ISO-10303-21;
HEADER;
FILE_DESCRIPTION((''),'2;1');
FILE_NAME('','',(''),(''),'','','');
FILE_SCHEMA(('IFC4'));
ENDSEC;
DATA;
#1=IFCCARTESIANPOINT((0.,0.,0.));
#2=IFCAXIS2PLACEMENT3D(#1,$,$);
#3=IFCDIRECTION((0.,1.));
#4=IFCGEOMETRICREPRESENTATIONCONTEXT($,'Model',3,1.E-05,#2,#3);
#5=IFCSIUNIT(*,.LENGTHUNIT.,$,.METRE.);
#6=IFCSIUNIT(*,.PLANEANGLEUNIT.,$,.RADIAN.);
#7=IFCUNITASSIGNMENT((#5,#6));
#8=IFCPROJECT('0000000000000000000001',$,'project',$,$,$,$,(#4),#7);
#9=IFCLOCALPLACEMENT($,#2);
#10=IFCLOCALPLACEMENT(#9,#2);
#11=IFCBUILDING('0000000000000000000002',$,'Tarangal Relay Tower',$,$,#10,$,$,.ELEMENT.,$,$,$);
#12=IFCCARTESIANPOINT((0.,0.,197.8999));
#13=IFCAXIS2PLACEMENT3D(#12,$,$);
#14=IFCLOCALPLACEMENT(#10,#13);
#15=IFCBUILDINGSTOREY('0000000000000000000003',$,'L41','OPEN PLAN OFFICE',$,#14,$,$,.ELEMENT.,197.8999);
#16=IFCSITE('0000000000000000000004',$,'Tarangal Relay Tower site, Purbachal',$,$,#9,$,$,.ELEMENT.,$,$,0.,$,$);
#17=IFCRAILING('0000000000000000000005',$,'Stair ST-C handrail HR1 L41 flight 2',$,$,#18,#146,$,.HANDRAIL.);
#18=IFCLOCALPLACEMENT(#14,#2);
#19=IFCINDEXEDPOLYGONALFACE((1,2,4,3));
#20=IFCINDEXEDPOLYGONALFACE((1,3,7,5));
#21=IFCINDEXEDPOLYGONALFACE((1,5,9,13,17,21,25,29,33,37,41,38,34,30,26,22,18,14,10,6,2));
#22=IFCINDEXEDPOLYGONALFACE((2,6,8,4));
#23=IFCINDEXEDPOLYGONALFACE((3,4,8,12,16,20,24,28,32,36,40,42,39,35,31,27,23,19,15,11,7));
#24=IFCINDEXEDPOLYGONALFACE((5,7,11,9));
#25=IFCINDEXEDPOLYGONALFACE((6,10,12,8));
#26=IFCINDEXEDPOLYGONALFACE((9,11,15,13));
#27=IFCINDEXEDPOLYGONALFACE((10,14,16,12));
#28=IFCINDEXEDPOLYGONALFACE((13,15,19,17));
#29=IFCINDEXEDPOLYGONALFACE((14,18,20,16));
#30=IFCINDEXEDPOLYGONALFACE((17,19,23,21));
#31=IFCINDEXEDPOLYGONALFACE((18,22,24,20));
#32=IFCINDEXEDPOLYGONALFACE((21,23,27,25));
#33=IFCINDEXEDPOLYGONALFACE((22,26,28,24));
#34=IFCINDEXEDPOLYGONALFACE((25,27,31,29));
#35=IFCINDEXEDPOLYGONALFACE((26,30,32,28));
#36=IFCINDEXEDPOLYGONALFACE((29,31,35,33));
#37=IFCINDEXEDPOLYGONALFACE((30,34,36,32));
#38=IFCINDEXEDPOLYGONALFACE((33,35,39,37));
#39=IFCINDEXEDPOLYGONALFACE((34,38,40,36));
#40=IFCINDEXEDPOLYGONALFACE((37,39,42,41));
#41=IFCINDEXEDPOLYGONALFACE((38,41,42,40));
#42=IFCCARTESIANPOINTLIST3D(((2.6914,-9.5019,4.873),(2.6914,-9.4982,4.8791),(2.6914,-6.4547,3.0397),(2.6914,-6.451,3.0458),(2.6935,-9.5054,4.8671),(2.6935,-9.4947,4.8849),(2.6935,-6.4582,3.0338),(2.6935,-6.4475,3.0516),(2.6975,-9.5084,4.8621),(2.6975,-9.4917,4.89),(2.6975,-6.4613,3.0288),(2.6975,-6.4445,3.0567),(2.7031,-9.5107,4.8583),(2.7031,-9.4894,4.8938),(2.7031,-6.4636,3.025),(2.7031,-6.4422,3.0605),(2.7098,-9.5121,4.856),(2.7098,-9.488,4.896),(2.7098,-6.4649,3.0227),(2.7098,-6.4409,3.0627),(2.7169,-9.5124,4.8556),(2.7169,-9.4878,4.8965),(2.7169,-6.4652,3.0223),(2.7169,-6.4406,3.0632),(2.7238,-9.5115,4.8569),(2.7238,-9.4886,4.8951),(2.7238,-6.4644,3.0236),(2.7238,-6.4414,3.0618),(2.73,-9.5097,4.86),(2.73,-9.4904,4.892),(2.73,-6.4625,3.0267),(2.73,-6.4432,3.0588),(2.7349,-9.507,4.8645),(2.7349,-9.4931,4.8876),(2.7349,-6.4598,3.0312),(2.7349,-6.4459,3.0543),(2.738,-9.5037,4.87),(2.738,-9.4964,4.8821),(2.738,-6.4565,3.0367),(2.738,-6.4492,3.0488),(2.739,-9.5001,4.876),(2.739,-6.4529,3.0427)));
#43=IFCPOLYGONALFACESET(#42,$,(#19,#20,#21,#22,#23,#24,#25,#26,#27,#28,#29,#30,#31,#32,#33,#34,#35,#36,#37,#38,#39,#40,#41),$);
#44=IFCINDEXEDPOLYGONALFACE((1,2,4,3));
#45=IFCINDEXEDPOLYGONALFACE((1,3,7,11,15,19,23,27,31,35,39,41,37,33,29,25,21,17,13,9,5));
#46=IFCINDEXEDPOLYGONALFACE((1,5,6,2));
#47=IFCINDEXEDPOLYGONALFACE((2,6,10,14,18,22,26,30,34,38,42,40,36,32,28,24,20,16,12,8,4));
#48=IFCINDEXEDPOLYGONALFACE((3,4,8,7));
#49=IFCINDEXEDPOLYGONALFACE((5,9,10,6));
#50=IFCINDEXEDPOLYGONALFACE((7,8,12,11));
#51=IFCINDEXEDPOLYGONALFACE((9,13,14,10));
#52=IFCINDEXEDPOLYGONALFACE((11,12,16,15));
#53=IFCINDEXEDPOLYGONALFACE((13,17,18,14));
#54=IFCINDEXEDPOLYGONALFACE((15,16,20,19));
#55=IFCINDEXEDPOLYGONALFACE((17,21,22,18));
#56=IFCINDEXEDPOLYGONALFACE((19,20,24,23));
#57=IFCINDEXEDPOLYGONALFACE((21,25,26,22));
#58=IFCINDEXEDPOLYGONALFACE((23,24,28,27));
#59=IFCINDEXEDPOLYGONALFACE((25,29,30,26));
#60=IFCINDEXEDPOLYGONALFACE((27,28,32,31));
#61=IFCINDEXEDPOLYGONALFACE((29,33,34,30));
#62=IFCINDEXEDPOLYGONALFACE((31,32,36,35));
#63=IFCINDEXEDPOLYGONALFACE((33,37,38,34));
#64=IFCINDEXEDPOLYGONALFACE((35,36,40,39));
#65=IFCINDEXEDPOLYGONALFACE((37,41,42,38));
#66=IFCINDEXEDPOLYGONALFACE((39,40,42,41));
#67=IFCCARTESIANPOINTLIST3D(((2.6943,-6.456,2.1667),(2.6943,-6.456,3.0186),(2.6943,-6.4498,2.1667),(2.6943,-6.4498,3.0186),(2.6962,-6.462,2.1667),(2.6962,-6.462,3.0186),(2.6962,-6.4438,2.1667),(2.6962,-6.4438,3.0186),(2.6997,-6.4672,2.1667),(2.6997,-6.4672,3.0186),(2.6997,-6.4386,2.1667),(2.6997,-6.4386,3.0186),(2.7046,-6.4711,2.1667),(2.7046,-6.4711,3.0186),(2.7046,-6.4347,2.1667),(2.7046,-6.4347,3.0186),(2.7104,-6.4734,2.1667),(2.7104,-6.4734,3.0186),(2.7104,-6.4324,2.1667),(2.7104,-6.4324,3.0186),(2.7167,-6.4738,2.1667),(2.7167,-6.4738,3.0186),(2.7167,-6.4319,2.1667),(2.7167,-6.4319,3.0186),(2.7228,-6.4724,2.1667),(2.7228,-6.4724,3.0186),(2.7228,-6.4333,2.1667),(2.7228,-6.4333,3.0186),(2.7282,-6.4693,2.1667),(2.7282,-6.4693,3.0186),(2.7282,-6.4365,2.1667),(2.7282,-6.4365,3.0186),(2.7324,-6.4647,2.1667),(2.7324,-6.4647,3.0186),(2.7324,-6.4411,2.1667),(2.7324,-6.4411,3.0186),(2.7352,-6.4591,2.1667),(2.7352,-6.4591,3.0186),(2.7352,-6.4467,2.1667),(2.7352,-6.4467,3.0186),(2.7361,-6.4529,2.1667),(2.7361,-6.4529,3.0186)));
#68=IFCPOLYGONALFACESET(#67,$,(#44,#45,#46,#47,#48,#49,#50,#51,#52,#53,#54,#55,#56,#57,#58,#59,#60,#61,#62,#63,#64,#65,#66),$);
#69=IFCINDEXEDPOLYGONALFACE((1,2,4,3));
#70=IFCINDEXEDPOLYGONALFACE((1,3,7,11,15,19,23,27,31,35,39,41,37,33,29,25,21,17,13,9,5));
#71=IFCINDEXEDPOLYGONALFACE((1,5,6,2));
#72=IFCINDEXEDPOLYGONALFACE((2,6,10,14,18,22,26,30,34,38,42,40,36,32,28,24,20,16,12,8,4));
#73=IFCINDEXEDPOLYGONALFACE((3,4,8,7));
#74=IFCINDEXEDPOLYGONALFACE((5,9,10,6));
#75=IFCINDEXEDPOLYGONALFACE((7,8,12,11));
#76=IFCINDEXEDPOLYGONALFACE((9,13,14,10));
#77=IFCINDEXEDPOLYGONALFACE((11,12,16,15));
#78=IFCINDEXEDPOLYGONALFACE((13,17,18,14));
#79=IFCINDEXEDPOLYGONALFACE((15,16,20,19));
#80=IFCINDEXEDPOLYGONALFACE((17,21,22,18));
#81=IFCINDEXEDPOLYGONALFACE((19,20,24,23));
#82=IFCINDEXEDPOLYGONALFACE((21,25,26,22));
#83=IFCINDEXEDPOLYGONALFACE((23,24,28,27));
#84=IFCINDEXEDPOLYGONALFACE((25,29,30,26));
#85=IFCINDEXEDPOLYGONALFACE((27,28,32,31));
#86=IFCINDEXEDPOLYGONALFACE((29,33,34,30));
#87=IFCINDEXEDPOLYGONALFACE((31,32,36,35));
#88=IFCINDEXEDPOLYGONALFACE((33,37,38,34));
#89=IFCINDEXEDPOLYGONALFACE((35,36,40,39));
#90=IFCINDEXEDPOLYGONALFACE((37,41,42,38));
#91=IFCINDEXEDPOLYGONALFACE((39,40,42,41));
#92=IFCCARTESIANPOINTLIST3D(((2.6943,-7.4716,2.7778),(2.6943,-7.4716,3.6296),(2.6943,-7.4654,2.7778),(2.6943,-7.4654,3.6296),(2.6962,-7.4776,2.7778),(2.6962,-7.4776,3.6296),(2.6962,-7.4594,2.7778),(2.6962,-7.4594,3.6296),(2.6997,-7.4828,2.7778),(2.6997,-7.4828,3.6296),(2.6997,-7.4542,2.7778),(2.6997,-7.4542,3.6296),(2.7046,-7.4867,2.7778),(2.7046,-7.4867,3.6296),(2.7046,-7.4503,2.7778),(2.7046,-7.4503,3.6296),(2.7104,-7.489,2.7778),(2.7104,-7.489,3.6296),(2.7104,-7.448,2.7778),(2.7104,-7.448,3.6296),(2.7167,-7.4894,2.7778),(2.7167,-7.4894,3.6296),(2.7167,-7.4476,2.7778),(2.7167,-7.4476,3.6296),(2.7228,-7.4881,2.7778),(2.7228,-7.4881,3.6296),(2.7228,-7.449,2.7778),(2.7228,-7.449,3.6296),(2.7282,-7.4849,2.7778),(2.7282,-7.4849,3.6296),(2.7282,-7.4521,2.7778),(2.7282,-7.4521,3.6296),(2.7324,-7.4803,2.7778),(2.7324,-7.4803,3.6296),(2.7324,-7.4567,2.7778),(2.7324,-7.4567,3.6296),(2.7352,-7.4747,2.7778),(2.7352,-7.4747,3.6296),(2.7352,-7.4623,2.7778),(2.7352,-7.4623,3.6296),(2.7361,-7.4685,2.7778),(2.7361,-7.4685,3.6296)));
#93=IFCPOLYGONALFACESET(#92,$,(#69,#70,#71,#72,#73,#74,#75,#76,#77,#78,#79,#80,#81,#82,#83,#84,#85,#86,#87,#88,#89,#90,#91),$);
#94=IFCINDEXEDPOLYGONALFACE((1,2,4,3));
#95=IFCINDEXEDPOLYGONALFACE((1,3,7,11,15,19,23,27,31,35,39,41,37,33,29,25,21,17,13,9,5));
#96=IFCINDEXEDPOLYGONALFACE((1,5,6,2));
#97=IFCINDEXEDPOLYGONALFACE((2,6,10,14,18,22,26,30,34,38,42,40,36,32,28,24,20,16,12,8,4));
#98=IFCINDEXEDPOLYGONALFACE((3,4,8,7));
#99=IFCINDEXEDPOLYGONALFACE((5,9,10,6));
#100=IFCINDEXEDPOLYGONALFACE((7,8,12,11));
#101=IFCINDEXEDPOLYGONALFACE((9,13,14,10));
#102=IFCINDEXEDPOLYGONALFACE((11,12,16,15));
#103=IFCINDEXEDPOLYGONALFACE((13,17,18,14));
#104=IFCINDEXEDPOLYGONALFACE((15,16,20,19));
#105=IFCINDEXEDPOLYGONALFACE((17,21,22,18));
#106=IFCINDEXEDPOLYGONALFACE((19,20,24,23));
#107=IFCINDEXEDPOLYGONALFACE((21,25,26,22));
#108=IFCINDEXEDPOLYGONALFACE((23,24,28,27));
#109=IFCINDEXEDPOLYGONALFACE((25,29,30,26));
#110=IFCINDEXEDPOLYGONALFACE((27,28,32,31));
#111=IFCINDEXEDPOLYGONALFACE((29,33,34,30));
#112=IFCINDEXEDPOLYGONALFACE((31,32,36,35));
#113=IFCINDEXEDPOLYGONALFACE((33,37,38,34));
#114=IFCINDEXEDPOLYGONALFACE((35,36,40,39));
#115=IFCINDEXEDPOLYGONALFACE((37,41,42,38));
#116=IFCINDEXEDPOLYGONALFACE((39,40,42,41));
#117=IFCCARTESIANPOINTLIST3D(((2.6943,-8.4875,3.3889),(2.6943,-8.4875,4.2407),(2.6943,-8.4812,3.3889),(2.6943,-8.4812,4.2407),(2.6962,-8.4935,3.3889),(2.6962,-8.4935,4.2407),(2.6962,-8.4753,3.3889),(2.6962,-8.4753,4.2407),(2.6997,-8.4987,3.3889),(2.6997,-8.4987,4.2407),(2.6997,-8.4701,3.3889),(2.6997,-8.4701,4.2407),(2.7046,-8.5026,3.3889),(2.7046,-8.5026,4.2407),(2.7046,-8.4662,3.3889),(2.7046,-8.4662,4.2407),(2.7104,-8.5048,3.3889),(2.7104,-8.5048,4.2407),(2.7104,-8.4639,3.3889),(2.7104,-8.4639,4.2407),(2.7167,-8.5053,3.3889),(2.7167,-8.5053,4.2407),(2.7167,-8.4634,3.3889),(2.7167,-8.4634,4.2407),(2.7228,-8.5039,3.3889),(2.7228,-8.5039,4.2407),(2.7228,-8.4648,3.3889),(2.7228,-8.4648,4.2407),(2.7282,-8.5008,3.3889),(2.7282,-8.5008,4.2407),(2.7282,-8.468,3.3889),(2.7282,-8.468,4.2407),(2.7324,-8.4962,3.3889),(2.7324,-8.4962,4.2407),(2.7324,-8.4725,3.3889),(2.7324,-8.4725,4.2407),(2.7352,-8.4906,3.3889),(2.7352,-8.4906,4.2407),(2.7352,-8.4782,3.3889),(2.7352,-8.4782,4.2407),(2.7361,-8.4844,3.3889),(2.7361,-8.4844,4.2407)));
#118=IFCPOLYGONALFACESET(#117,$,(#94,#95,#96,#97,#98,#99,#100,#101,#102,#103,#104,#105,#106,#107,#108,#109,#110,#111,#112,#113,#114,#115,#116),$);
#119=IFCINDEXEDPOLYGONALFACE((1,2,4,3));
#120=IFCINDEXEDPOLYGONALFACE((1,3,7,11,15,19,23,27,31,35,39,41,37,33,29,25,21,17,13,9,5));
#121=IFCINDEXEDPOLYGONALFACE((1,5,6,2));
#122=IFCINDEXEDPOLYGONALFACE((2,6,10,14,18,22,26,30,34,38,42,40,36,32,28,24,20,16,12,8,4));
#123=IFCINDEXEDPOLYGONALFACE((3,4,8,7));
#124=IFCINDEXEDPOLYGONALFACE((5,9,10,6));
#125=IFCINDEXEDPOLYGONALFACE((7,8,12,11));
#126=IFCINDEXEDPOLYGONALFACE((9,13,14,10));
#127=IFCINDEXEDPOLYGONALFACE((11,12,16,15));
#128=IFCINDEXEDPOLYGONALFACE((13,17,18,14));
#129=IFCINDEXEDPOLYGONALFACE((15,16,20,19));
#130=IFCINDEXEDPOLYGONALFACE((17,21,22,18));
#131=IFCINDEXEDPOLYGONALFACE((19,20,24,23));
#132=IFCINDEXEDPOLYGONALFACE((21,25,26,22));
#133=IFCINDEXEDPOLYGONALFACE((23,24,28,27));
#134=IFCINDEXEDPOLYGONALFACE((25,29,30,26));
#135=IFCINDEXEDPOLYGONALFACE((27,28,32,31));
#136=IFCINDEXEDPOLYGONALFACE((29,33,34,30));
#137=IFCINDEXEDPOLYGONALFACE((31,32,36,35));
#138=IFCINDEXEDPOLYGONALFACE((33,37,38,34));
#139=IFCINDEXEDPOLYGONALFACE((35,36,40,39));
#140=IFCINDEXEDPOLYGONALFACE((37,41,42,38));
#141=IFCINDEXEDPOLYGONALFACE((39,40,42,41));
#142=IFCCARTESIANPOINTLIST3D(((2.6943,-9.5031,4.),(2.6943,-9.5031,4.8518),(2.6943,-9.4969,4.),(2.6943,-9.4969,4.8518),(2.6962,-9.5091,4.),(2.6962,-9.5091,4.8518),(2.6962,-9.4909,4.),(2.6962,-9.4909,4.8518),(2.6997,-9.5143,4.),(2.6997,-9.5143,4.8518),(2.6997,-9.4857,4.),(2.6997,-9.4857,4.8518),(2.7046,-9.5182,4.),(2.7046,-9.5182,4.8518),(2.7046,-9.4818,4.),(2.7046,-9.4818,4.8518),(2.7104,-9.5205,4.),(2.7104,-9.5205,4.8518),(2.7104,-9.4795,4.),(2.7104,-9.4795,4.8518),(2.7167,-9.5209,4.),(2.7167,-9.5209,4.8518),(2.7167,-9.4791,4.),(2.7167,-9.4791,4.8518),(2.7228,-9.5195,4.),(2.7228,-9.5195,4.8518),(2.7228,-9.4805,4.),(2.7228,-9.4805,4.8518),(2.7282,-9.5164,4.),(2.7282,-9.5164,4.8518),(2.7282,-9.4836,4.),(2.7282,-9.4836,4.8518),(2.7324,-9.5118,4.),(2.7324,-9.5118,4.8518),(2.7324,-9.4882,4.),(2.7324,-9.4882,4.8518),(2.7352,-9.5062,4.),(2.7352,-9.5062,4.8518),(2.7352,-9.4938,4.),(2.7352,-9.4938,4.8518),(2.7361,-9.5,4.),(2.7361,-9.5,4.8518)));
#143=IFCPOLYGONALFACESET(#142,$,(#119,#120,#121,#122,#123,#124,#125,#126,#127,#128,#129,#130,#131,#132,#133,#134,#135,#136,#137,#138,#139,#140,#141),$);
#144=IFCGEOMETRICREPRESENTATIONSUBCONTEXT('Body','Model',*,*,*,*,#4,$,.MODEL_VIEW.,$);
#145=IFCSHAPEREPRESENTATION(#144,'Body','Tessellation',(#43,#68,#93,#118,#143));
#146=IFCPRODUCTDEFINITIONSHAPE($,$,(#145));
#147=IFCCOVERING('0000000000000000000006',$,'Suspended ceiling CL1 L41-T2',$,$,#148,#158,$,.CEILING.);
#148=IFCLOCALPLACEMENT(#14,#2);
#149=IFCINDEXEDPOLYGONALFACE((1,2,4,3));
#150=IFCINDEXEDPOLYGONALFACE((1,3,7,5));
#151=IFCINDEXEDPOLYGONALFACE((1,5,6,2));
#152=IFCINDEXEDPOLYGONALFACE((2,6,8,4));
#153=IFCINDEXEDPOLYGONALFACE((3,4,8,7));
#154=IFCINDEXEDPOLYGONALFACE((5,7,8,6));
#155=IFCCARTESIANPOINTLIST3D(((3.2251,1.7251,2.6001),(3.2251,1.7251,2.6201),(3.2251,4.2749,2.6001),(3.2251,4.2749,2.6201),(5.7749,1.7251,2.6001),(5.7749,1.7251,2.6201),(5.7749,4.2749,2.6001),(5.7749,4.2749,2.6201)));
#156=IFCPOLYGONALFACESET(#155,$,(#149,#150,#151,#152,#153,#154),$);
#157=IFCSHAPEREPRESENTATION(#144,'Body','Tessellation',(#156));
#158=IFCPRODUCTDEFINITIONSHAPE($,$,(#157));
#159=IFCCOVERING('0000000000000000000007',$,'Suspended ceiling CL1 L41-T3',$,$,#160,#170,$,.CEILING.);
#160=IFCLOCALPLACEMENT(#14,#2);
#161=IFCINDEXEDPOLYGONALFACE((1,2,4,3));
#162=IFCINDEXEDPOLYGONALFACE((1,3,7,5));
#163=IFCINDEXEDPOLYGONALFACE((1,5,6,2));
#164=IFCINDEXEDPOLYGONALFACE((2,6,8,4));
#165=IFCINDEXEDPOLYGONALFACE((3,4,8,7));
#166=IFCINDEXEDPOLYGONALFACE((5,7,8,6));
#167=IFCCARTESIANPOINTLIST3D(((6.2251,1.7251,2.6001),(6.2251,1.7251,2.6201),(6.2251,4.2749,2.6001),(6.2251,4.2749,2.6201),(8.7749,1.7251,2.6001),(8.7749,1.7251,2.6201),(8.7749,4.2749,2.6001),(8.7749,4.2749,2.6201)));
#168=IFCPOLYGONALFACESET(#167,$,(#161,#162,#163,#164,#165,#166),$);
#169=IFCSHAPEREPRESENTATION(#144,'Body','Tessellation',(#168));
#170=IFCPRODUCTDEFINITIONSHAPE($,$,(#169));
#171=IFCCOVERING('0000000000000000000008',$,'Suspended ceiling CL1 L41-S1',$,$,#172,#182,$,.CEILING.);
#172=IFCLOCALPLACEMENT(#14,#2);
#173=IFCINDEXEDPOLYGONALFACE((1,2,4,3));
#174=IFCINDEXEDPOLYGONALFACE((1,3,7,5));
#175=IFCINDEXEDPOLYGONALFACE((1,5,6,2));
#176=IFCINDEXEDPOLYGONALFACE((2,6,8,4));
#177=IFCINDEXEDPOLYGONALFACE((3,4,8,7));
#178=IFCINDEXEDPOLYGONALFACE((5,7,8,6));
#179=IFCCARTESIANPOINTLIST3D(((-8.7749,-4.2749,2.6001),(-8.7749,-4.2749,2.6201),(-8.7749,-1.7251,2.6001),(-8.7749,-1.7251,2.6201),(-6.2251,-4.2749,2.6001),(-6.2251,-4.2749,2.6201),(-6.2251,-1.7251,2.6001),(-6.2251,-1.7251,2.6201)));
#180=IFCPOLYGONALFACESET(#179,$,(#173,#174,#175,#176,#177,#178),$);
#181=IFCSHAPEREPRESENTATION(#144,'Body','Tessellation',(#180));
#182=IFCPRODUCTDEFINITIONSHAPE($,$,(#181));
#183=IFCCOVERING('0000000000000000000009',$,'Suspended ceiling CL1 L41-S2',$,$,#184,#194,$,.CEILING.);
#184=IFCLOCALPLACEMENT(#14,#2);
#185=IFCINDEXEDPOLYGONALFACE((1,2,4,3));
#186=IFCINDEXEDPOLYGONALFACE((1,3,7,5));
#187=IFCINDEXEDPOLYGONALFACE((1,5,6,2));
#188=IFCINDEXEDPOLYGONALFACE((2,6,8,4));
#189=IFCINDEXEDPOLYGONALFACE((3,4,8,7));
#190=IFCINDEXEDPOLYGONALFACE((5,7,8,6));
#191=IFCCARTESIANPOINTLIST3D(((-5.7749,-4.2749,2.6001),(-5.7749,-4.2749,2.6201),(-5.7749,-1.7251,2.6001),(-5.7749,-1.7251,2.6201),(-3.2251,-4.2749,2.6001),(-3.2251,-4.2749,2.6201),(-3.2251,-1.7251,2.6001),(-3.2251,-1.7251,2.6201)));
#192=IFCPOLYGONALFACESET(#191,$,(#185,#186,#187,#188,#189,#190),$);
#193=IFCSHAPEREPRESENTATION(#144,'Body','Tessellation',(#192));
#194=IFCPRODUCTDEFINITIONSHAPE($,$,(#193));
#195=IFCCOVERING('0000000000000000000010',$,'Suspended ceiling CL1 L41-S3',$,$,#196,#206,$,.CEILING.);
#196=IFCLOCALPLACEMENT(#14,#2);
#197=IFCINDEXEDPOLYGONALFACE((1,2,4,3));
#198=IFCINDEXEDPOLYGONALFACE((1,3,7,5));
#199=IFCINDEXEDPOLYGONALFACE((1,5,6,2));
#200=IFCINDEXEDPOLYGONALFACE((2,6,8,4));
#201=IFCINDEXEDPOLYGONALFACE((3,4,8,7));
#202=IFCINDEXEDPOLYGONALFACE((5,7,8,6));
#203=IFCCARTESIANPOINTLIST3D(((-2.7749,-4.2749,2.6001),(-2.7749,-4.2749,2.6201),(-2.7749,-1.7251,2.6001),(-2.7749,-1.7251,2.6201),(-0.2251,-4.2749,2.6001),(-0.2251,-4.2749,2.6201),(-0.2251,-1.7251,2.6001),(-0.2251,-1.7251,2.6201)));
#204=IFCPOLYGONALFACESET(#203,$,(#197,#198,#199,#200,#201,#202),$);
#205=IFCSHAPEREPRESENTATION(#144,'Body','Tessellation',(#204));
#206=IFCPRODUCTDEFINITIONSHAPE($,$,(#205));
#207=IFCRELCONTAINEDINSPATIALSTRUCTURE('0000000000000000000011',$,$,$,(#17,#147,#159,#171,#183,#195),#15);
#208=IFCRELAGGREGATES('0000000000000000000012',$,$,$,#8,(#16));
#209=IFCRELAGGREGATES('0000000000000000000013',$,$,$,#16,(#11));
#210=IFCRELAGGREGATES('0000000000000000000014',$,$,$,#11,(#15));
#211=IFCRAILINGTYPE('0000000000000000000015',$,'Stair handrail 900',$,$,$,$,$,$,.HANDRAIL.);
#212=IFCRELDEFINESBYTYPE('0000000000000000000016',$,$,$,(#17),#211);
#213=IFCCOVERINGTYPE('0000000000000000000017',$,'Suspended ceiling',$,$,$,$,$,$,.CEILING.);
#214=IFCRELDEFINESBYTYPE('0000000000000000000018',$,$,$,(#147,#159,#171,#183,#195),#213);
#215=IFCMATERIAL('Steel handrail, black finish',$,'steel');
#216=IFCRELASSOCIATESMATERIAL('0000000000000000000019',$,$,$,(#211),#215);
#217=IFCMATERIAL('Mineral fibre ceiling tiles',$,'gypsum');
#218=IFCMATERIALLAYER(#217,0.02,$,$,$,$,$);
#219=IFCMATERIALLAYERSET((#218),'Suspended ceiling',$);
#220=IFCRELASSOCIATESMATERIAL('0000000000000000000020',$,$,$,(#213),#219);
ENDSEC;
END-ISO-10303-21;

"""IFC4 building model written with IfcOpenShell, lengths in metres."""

from ifc_helpers import new_model, si_unit, direction, frame, origin, origin_2d, place, context, subcontext, project, spatial, polyline, circle, outline, extrude, material, layer, layer_set, type_object, element, save


model = new_model("IFC4")

# Units and contexts
model_context = context("Model", 3, precision=1e-05, world=origin(), true_north=direction((0.0, 1.0)))
body_context = subcontext(model_context, "Body", "Model", "MODEL_VIEW")
ifc_project = project(units=[si_unit("LENGTHUNIT", "METRE"), si_unit("PLANEANGLEUNIT", "RADIAN")], contexts=[model_context])

# Site, building, storey
site_placement = place(None, origin())
site = spatial("IfcSite", under=ifc_project, at=site_placement, Name="Tarangal Relay Tower site, Purbachal", CompositionType="ELEMENT", RefElevation=0.0)
building_placement = place(site_placement, origin())
building = spatial("IfcBuilding", under=site, at=building_placement, Name="Tarangal Relay Tower", CompositionType="ELEMENT")
storey_placement = place(building_placement, frame((0.0, 0.0, 197.8999)))
storey = spatial("IfcBuildingStorey", under=building, at=storey_placement, Name="L41", Description="OPEN PLAN OFFICE", CompositionType="ELEMENT", Elevation=197.8999)

# Railing
ifc_material_1 = material(Name="Steel handrail, black finish", Category="steel")
railing_type_1 = type_object("IfcRailingType", Name="Stair handrail 900", PredefinedType="HANDRAIL", material=ifc_material_1)
railing_1_placement = place(storey_placement, frame((2.7151, -6.4529, 2.1667)))
element("IfcRailing", 1, at=railing_1_placement, inside=storey, type_object=railing_type_1, Name="Stair ST-C handrail HR1 L41 flight 2", PredefinedType="HANDRAIL", context=body_context, shape_type="SweptSolid", body=[
    extrude(circle(Radius=0.0239, at=origin_2d()), frame((0.0, 0.0, 0.876), z_axis=(0.0, -0.856874, 0.515525), x_axis=(1.0, 0.0, 0.0)), (0.0, 0.0, 1.0), 3.5562),
    extrude(circle(Radius=0.021, at=origin_2d()), origin(), (0.0, 0.0, 1.0), 0.8518),
    extrude(circle(Radius=0.021, at=origin_2d()), frame((0.0, -1.0156, 0.6111)), (0.0, 0.0, 1.0), 0.8518),
    extrude(circle(Radius=0.021, at=origin_2d()), frame((0.0, -2.0315, 1.2222)), (0.0, 0.0, 1.0), 0.8518),
    extrude(circle(Radius=0.021, at=origin_2d()), frame((0.0, -3.0471, 1.8333)), (0.0, 0.0, 1.0), 0.8518),
])

# Coverings
ifc_material_2 = material(Name="Mineral fibre ceiling tiles", Category="gypsum")
ifc_layer_1 = layer(ifc_material_2, 0.02)
ifc_layer_set_1 = layer_set([ifc_layer_1], Name="Suspended ceiling")
covering_type_1 = type_object("IfcCoveringType", Name="Suspended ceiling", PredefinedType="CEILING", material=ifc_layer_set_1)
covering_1_placement = place(storey_placement, frame((0.0, 0.0, 2.6001)))
element("IfcCovering", 2, at=covering_1_placement, inside=storey, type_object=covering_type_1, Name="Suspended ceiling CL1 L41-T2", PredefinedType="CEILING", context=body_context, shape_type="SweptSolid", body=[
    extrude(outline(polyline([(3.2251, 1.7251), (5.7749, 1.7251), (5.7749, 4.2749), (3.2251, 4.2749), (3.2251, 1.7251)])), origin(), (0.0, 0.0, 1.0), 0.02),
])
covering_2_placement = place(storey_placement, frame((0.0, 0.0, 2.6001)))
element("IfcCovering", 3, at=covering_2_placement, inside=storey, type_object=covering_type_1, Name="Suspended ceiling CL1 L41-T3", PredefinedType="CEILING", context=body_context, shape_type="SweptSolid", body=[
    extrude(outline(polyline([(6.2251, 1.7251), (8.7749, 1.7251), (8.7749, 4.2749), (6.2251, 4.2749), (6.2251, 1.7251)])), origin(), (0.0, 0.0, 1.0), 0.02),
])
covering_3_placement = place(storey_placement, frame((0.0, 0.0, 2.6001)))
element("IfcCovering", 4, at=covering_3_placement, inside=storey, type_object=covering_type_1, Name="Suspended ceiling CL1 L41-S1", PredefinedType="CEILING", context=body_context, shape_type="SweptSolid", body=[
    extrude(outline(polyline([(-8.7749, -4.2749), (-6.2251, -4.2749), (-6.2251, -1.7251), (-8.7749, -1.7251), (-8.7749, -4.2749)])), origin(), (0.0, 0.0, 1.0), 0.02),
])
covering_4_placement = place(storey_placement, frame((0.0, 0.0, 2.6001)))
element("IfcCovering", 5, at=covering_4_placement, inside=storey, type_object=covering_type_1, Name="Suspended ceiling CL1 L41-S2", PredefinedType="CEILING", context=body_context, shape_type="SweptSolid", body=[
    extrude(outline(polyline([(-5.7749, -4.2749), (-3.2251, -4.2749), (-3.2251, -1.7251), (-5.7749, -1.7251), (-5.7749, -4.2749)])), origin(), (0.0, 0.0, 1.0), 0.02),
])
covering_5_placement = place(storey_placement, frame((0.0, 0.0, 2.6001)))
element("IfcCovering", 6, at=covering_5_placement, inside=storey, type_object=covering_type_1, Name="Suspended ceiling CL1 L41-S3", PredefinedType="CEILING", context=body_context, shape_type="SweptSolid", body=[
    extrude(outline(polyline([(-2.7749, -4.2749), (-0.2251, -4.2749), (-0.2251, -1.7251), (-2.7749, -1.7251), (-2.7749, -4.2749)])), origin(), (0.0, 0.0, 1.0), 0.02),
])

save(model, "model.ifc")
